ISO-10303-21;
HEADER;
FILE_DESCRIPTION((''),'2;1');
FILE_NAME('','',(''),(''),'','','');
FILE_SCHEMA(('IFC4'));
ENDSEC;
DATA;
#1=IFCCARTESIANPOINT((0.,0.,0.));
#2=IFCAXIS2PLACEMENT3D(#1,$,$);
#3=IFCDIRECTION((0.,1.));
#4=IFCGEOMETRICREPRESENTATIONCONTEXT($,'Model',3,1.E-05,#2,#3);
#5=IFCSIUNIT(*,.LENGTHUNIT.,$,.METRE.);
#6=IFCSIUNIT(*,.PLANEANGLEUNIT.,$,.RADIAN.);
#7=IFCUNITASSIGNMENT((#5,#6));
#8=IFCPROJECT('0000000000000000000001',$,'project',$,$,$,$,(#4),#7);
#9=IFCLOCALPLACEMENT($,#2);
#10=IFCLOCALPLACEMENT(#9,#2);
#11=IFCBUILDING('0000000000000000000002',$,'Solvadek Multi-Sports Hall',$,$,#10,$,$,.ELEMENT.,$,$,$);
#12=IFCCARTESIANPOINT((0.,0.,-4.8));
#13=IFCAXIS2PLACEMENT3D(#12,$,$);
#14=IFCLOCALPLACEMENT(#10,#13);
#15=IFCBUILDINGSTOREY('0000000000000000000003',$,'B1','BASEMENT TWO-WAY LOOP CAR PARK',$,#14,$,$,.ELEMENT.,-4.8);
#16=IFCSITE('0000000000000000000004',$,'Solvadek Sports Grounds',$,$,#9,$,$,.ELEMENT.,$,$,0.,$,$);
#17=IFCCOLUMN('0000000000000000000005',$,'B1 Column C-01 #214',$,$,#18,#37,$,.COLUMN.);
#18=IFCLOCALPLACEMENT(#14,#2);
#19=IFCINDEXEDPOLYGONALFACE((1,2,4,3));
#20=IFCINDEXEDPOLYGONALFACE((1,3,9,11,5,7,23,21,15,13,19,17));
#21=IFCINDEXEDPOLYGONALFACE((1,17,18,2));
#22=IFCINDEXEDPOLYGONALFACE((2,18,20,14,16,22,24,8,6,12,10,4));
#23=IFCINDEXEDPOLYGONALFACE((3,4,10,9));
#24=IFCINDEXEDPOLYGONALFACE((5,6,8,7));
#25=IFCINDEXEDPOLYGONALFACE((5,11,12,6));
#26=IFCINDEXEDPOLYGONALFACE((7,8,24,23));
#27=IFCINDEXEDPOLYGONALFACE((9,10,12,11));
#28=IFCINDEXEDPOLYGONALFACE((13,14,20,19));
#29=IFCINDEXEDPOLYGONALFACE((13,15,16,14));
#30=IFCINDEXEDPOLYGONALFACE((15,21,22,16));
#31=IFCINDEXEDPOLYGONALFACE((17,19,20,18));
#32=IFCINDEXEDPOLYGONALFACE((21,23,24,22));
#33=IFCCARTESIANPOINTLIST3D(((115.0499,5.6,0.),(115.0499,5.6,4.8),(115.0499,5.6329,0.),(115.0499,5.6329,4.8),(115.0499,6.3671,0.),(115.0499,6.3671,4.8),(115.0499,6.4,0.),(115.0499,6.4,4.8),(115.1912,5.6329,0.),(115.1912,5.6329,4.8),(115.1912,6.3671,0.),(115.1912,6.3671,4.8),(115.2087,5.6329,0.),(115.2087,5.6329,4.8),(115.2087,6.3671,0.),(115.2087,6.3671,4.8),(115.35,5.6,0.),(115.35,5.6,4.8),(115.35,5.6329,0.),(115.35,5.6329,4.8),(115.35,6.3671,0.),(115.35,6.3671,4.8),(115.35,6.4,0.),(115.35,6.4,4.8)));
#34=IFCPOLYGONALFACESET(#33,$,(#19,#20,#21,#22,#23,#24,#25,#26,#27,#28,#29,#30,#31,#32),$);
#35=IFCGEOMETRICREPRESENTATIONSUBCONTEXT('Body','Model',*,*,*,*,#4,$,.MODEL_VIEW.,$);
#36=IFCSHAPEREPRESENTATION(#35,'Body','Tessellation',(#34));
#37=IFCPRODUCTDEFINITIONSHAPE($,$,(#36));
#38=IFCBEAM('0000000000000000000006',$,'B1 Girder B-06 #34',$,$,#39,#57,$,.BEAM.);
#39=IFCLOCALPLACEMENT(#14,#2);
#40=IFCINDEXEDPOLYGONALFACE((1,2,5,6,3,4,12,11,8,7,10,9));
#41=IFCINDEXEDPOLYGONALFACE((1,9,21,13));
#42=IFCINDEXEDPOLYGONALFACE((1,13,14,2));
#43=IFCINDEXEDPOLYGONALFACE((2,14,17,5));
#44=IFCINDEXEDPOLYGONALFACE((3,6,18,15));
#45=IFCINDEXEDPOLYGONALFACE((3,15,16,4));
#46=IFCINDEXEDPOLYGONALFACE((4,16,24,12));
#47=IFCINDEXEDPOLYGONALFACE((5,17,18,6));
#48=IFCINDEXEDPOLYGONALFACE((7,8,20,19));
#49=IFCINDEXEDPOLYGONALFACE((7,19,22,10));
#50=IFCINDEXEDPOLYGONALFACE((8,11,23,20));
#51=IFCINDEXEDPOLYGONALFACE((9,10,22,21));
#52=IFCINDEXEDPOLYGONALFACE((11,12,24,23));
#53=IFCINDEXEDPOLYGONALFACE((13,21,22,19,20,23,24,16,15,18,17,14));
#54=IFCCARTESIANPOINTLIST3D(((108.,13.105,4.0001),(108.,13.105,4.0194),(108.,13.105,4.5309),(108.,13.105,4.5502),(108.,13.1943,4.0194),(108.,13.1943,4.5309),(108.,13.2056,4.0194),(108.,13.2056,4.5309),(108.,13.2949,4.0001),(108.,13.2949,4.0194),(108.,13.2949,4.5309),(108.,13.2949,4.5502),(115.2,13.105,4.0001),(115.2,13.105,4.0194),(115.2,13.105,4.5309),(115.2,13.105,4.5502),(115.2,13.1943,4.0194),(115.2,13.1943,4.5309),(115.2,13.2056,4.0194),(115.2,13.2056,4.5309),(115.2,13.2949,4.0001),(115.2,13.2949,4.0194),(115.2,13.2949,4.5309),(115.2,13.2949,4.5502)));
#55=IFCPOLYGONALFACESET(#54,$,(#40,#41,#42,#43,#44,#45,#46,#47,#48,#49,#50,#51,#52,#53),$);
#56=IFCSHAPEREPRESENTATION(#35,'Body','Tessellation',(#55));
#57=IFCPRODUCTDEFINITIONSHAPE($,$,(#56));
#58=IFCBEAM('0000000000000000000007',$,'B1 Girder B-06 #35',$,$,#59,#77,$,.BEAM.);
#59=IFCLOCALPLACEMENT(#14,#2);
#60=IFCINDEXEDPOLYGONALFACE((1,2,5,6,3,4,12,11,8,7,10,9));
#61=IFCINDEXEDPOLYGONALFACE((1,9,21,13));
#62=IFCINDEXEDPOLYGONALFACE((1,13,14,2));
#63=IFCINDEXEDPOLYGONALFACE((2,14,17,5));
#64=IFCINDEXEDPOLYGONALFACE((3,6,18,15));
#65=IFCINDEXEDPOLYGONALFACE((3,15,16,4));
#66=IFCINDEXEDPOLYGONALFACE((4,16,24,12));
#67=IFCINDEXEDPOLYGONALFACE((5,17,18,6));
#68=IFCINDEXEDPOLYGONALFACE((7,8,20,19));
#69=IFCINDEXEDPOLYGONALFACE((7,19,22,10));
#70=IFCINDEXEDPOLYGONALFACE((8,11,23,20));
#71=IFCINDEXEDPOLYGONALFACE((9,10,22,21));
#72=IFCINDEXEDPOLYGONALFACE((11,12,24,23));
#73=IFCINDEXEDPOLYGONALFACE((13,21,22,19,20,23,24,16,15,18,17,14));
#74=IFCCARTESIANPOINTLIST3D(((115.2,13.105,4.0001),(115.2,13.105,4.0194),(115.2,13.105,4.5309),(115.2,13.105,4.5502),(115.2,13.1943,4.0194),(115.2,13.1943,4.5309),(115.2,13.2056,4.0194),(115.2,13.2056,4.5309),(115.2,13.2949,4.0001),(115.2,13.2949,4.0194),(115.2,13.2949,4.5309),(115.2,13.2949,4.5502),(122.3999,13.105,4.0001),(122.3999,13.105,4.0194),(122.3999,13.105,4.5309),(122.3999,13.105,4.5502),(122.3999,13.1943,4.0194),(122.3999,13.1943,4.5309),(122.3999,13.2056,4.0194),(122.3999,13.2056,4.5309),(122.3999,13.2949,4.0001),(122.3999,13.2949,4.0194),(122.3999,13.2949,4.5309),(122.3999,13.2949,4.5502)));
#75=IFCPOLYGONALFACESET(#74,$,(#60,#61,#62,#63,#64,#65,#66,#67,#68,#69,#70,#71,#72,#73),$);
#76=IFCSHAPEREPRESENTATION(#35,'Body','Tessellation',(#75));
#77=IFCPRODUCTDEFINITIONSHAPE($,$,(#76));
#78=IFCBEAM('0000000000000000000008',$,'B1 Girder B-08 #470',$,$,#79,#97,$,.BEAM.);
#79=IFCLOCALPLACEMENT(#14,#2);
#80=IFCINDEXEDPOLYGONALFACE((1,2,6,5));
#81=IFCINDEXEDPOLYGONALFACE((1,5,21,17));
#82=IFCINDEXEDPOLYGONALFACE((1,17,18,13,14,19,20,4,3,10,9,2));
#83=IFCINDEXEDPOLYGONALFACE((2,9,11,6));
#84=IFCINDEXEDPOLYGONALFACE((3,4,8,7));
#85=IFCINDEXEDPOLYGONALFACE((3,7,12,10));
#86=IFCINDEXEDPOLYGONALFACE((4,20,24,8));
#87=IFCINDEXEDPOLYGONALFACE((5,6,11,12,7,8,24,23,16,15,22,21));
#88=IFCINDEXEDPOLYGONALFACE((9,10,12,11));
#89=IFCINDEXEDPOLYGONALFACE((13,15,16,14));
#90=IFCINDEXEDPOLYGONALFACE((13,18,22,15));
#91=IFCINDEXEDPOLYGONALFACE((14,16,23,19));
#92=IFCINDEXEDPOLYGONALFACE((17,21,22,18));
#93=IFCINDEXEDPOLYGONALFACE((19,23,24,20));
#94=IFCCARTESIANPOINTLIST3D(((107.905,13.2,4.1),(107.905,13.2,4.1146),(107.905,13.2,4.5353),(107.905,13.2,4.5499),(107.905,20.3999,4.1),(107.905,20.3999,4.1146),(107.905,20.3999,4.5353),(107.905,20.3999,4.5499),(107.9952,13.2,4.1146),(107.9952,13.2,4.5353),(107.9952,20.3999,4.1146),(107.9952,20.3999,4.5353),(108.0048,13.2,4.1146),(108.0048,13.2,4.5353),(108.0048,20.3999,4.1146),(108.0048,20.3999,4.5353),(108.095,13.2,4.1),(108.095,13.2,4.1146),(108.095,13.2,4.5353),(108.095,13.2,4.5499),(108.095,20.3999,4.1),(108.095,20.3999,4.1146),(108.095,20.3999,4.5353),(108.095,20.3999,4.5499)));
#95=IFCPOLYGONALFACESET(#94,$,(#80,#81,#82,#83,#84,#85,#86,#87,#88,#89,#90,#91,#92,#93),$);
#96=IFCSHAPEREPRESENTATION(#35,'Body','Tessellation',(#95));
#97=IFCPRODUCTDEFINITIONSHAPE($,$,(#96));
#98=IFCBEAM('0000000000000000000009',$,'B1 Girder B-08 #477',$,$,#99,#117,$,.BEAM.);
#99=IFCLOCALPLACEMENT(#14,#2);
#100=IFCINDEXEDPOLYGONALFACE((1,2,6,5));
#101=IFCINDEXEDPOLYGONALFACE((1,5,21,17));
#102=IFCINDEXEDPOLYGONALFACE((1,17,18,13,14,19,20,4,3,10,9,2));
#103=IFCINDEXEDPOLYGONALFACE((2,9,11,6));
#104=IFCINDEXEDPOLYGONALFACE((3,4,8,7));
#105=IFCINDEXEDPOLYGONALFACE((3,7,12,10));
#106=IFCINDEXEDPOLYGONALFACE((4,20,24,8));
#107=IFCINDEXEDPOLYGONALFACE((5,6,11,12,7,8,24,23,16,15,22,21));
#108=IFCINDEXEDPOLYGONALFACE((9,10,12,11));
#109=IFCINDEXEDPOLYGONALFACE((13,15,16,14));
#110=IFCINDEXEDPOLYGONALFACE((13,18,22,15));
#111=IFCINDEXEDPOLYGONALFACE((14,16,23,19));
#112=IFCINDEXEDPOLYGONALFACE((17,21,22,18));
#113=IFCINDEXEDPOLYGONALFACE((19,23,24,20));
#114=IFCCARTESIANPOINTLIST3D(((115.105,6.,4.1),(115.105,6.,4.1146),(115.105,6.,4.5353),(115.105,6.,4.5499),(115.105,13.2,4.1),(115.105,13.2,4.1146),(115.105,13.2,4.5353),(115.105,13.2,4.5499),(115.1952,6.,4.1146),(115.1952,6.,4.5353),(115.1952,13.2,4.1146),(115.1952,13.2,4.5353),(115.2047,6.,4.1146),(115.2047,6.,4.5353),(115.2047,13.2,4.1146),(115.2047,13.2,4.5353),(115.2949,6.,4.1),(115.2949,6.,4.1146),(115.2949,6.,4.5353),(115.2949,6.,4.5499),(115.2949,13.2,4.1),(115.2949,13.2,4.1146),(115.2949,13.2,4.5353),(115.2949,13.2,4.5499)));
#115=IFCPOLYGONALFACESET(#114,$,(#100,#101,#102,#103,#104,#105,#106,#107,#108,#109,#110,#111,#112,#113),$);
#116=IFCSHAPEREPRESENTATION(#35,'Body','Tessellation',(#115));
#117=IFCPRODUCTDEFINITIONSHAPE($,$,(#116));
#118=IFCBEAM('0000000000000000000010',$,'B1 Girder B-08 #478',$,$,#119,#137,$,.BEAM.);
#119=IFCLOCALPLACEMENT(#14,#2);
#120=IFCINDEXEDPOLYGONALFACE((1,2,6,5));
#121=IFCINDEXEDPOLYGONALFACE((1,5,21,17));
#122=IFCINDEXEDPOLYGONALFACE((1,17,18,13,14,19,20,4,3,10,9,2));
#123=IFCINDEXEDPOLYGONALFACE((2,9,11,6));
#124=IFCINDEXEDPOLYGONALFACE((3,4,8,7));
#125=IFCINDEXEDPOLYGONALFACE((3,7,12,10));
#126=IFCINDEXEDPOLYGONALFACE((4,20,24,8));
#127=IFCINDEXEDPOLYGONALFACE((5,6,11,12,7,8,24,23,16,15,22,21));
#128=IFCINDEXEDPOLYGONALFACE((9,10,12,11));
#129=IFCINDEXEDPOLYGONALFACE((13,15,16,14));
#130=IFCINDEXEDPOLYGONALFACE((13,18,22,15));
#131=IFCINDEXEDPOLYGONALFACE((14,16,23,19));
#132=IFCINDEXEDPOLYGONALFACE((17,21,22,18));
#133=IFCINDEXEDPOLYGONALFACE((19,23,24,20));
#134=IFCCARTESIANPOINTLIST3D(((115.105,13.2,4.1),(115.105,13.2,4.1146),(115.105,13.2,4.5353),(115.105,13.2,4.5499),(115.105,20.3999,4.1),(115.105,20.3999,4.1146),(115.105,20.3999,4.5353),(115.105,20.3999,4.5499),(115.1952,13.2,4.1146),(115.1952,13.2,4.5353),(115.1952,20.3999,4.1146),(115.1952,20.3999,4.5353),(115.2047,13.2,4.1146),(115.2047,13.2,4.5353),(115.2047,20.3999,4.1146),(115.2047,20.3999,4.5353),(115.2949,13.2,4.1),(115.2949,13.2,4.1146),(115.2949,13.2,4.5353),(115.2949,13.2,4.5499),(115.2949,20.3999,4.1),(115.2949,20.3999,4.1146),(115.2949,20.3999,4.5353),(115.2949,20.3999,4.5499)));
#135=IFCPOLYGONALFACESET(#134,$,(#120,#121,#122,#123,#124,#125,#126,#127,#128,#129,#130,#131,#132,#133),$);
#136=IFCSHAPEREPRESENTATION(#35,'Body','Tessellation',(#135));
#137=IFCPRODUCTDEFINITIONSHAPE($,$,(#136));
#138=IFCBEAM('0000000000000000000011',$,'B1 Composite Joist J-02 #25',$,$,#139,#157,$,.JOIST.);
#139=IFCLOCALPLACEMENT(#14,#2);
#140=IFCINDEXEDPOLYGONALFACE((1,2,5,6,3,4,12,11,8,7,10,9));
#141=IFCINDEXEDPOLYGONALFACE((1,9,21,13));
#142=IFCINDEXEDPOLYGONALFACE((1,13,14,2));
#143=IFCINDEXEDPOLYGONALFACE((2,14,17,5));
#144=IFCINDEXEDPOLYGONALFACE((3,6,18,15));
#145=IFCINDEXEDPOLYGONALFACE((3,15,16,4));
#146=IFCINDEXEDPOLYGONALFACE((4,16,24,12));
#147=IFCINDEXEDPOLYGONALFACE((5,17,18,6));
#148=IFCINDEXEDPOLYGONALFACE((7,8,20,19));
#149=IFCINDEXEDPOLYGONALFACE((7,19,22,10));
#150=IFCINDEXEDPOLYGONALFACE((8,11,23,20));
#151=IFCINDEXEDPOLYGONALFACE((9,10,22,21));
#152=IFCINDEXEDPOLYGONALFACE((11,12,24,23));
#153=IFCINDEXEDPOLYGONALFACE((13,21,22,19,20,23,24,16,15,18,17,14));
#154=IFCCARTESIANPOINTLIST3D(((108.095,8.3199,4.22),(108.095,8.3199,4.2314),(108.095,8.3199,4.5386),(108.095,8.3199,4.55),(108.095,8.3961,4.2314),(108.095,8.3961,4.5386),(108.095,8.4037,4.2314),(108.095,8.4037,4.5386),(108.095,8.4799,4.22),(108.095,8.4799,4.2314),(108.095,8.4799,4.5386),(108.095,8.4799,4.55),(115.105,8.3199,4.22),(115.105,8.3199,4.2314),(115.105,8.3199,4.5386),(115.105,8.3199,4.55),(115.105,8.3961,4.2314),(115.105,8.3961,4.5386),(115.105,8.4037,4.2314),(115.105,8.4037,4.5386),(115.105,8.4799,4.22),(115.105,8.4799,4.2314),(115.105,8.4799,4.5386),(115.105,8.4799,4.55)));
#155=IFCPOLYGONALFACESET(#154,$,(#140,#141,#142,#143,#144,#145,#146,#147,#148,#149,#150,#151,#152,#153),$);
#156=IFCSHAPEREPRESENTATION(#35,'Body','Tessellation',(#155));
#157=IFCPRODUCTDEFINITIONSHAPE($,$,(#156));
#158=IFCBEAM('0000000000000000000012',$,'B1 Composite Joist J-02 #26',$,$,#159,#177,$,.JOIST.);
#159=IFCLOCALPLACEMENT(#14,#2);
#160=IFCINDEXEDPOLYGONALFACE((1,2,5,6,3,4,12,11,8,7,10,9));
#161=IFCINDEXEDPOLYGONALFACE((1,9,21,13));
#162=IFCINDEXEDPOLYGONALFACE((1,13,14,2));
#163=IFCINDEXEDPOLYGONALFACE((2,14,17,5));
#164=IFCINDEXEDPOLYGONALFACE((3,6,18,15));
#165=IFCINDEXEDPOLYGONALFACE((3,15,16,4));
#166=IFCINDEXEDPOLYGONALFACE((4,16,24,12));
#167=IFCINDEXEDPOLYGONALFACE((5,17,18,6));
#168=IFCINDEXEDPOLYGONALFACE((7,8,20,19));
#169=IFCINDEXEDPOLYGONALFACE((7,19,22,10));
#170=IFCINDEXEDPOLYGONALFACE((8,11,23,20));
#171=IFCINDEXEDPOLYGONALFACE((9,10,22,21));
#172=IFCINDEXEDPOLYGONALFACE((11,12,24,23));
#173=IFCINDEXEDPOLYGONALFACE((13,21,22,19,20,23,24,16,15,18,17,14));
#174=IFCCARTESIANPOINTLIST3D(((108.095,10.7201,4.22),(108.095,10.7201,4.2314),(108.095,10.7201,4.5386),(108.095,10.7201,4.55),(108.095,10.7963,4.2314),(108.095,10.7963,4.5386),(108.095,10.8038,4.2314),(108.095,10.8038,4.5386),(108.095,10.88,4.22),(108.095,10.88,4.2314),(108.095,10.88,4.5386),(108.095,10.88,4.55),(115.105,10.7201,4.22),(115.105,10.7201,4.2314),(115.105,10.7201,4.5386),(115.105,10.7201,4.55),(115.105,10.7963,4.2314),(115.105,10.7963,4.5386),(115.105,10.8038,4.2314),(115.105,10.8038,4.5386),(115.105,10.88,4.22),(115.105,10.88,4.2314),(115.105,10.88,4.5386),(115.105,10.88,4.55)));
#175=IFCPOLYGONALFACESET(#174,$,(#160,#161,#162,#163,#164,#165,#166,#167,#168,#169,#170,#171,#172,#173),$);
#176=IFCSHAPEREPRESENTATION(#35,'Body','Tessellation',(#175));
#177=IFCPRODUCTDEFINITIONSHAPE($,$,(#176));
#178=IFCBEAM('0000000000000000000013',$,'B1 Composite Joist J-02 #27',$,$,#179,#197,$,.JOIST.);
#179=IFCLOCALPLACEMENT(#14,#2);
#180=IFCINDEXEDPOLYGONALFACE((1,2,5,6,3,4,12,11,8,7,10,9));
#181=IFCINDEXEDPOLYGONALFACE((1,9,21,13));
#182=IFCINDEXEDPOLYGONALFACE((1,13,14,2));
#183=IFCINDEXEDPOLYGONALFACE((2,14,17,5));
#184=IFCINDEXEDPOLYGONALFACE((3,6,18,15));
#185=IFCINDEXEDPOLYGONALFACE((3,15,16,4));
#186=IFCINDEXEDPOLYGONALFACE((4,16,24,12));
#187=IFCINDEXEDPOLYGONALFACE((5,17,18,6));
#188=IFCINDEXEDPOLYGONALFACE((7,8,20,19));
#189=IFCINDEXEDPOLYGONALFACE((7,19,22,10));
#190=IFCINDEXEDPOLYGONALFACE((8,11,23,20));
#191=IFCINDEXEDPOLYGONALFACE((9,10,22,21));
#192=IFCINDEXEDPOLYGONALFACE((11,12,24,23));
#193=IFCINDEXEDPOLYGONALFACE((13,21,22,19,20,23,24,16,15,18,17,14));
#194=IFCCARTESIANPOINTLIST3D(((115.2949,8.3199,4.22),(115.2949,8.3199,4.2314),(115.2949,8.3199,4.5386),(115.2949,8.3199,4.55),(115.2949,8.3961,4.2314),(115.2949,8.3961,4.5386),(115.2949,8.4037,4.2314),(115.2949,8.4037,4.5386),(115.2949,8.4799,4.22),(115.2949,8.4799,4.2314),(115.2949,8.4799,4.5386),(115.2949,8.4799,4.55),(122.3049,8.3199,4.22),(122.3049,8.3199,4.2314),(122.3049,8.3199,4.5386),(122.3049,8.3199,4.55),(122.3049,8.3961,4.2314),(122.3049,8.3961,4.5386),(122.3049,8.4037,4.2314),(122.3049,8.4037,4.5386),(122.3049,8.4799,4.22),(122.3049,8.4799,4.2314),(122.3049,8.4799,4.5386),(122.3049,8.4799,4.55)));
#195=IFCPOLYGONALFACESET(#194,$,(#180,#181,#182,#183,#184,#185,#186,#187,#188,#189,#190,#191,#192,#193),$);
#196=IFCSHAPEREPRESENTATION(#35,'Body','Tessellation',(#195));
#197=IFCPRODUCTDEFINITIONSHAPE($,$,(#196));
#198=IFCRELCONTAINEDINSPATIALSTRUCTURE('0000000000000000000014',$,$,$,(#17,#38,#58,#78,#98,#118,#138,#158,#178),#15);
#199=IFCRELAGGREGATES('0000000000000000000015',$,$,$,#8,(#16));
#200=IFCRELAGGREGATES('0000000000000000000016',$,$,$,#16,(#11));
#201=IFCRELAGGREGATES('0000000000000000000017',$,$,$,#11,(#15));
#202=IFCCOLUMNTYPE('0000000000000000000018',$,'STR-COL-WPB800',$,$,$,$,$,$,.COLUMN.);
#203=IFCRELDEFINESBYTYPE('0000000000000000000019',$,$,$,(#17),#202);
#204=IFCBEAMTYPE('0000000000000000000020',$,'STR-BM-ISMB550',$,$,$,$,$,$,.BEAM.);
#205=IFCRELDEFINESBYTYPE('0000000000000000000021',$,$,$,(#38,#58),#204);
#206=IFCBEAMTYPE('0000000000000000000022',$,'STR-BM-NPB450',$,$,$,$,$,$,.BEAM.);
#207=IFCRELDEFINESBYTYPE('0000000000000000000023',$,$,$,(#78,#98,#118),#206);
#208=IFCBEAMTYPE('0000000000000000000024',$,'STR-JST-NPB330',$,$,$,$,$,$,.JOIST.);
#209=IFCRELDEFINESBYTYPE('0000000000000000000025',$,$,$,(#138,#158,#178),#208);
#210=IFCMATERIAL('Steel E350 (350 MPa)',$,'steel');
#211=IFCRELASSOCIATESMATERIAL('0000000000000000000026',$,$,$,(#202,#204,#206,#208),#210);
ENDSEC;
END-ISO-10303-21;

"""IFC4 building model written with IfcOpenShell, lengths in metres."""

from ifc_helpers import new_model, si_unit, direction, frame, origin, origin_2d, place, context, subcontext, project, spatial, i_section, extrude, material, material_profile, profile_set, type_object, element, save


model = new_model("IFC4")

# Units and contexts
model_context = context("Model", 3, precision=1e-05, world=origin(), true_north=direction((0.0, 1.0)))
body_context = subcontext(model_context, "Body", "Model", "MODEL_VIEW")
ifc_project = project(units=[si_unit("LENGTHUNIT", "METRE"), si_unit("PLANEANGLEUNIT", "RADIAN")], contexts=[model_context])

# Site, building, storey
site_placement = place(None, origin())
site = spatial("IfcSite", under=ifc_project, at=site_placement, Name="Solvadek Sports Grounds", CompositionType="ELEMENT", RefElevation=0.0)
building_placement = place(site_placement, origin())
building = spatial("IfcBuilding", under=site, at=building_placement, Name="Solvadek Multi-Sports Hall", CompositionType="ELEMENT")
storey_placement = place(building_placement, frame((0.0, 0.0, -4.8)))
storey = spatial("IfcBuildingStorey", under=building, at=storey_placement, Name="B1", Description="BASEMENT TWO-WAY LOOP CAR PARK", CompositionType="ELEMENT", Elevation=-4.8)

# Column
ifc_material_1 = material(Name="Steel E350 (350 MPa)", Category="steel")
ifc_material_profile_1 = material_profile(ifc_material_1, i_section(OverallWidth=0.3, OverallDepth=0.8, WebThickness=0.0176, FlangeThickness=0.033, at=origin_2d()), Name="WPB 800")
ifc_profile_set_1 = profile_set([ifc_material_profile_1], Name="Steel E350 (350 MPa)")
column_type_1 = type_object("IfcColumnType", Name="STR-COL-WPB800", PredefinedType="COLUMN", material=ifc_profile_set_1)
column_placement = place(storey_placement, frame((115.2, 6.0, 0.0), z_axis=(0.0, 0.0, 1.0), x_axis=(1.0, 0.0, 0.0)))
element("IfcColumn", 1, at=column_placement, inside=storey, type_object=column_type_1, Name="B1 Column C-01 #214", PredefinedType="COLUMN", context=body_context, shape_type="SweptSolid", body=[
    extrude(i_section(OverallWidth=0.3, OverallDepth=0.8, WebThickness=0.0176, FlangeThickness=0.033, at=origin_2d()), origin(), (0.0, 0.0, 1.0), 4.8),
])

# Beams
ifc_material_profile_2 = material_profile(ifc_material_1, i_section(OverallWidth=0.1899, OverallDepth=0.55, WebThickness=0.0112, FlangeThickness=0.0193, at=origin_2d()), Name="ISMB 550")
ifc_profile_set_2 = profile_set([ifc_material_profile_2], Name="Steel E350 (350 MPa)")
beam_type_1 = type_object("IfcBeamType", Name="STR-BM-ISMB550", PredefinedType="BEAM", material=ifc_profile_set_2)
for number, where, z_axis, x_axis, name in (
    (2, (108.0, 13.2, 4.2751), (1.0, 0.0, 0.0), (0.0, 1.0, 0.0), "B1 Girder B-06 #34"),
    (3, (115.2, 13.2, 4.2751), (1.0, 0.0, 0.0), (0.0, 1.0, 0.0), "B1 Girder B-06 #35"),
):
    element("IfcBeam", number, at=place(storey_placement, frame(where, z_axis=z_axis, x_axis=x_axis)), inside=storey, type_object=beam_type_1, Name=name, PredefinedType="BEAM", context=body_context, shape_type="SweptSolid", body=[
        extrude(i_section(OverallWidth=0.1899, OverallDepth=0.55, WebThickness=0.0112, FlangeThickness=0.0193, at=origin_2d()), origin(), (0.0, 0.0, 1.0), 7.2),
    ])
ifc_material_profile_3 = material_profile(ifc_material_1, i_section(OverallWidth=0.1899, OverallDepth=0.45, WebThickness=0.0095, FlangeThickness=0.0146, at=origin_2d()), Name="NPB 450")
ifc_profile_set_3 = profile_set([ifc_material_profile_3], Name="Steel E350 (350 MPa)")
beam_type_2 = type_object("IfcBeamType", Name="STR-BM-NPB450", PredefinedType="BEAM", material=ifc_profile_set_3)
for number, where, z_axis, x_axis, name in (
    (4, (108.0, 13.2, 4.325), (0.0, 1.0, 0.0), (-1.0, 0.0, 0.0), "B1 Girder B-08 #470"),
    (5, (115.2, 6.0, 4.325), (0.0, 1.0, 0.0), (-1.0, 0.0, 0.0), "B1 Girder B-08 #477"),
    (6, (115.2, 13.2, 4.325), (0.0, 1.0, 0.0), (-1.0, 0.0, 0.0), "B1 Girder B-08 #478"),
):
    element("IfcBeam", number, at=place(storey_placement, frame(where, z_axis=z_axis, x_axis=x_axis)), inside=storey, type_object=beam_type_2, Name=name, PredefinedType="BEAM", context=body_context, shape_type="SweptSolid", body=[
        extrude(i_section(OverallWidth=0.1899, OverallDepth=0.45, WebThickness=0.0095, FlangeThickness=0.0146, at=origin_2d()), origin(), (0.0, 0.0, 1.0), 7.2),
    ])
ifc_material_profile_4 = material_profile(ifc_material_1, i_section(OverallWidth=0.1599, OverallDepth=0.3301, WebThickness=0.0076, FlangeThickness=0.0115, at=origin_2d()), Name="NPB 330")
ifc_profile_set_4 = profile_set([ifc_material_profile_4], Name="Steel E350 (350 MPa)")
beam_type_3 = type_object("IfcBeamType", Name="STR-JST-NPB330", PredefinedType="JOIST", material=ifc_profile_set_4)
for number, where, z_axis, x_axis, name in (
    (7, (108.095, 8.3999, 4.385), (1.0, 0.0, 0.0), (0.0, 1.0, 0.0), "B1 Composite Joist J-02 #25"),
    (8, (108.095, 10.8, 4.385), (1.0, 0.0, 0.0), (0.0, 1.0, 0.0), "B1 Composite Joist J-02 #26"),
    (9, (115.2949, 8.3999, 4.385), (1.0, 0.0, 0.0), (0.0, 1.0, 0.0), "B1 Composite Joist J-02 #27"),
):
    element("IfcBeam", number, at=place(storey_placement, frame(where, z_axis=z_axis, x_axis=x_axis)), inside=storey, type_object=beam_type_3, Name=name, PredefinedType="JOIST", context=body_context, shape_type="SweptSolid", body=[
        extrude(i_section(OverallWidth=0.1599, OverallDepth=0.3301, WebThickness=0.0076, FlangeThickness=0.0115, at=origin_2d()), origin(), (0.0, 0.0, 1.0), 7.01),
    ])

save(model, "model.ifc")
